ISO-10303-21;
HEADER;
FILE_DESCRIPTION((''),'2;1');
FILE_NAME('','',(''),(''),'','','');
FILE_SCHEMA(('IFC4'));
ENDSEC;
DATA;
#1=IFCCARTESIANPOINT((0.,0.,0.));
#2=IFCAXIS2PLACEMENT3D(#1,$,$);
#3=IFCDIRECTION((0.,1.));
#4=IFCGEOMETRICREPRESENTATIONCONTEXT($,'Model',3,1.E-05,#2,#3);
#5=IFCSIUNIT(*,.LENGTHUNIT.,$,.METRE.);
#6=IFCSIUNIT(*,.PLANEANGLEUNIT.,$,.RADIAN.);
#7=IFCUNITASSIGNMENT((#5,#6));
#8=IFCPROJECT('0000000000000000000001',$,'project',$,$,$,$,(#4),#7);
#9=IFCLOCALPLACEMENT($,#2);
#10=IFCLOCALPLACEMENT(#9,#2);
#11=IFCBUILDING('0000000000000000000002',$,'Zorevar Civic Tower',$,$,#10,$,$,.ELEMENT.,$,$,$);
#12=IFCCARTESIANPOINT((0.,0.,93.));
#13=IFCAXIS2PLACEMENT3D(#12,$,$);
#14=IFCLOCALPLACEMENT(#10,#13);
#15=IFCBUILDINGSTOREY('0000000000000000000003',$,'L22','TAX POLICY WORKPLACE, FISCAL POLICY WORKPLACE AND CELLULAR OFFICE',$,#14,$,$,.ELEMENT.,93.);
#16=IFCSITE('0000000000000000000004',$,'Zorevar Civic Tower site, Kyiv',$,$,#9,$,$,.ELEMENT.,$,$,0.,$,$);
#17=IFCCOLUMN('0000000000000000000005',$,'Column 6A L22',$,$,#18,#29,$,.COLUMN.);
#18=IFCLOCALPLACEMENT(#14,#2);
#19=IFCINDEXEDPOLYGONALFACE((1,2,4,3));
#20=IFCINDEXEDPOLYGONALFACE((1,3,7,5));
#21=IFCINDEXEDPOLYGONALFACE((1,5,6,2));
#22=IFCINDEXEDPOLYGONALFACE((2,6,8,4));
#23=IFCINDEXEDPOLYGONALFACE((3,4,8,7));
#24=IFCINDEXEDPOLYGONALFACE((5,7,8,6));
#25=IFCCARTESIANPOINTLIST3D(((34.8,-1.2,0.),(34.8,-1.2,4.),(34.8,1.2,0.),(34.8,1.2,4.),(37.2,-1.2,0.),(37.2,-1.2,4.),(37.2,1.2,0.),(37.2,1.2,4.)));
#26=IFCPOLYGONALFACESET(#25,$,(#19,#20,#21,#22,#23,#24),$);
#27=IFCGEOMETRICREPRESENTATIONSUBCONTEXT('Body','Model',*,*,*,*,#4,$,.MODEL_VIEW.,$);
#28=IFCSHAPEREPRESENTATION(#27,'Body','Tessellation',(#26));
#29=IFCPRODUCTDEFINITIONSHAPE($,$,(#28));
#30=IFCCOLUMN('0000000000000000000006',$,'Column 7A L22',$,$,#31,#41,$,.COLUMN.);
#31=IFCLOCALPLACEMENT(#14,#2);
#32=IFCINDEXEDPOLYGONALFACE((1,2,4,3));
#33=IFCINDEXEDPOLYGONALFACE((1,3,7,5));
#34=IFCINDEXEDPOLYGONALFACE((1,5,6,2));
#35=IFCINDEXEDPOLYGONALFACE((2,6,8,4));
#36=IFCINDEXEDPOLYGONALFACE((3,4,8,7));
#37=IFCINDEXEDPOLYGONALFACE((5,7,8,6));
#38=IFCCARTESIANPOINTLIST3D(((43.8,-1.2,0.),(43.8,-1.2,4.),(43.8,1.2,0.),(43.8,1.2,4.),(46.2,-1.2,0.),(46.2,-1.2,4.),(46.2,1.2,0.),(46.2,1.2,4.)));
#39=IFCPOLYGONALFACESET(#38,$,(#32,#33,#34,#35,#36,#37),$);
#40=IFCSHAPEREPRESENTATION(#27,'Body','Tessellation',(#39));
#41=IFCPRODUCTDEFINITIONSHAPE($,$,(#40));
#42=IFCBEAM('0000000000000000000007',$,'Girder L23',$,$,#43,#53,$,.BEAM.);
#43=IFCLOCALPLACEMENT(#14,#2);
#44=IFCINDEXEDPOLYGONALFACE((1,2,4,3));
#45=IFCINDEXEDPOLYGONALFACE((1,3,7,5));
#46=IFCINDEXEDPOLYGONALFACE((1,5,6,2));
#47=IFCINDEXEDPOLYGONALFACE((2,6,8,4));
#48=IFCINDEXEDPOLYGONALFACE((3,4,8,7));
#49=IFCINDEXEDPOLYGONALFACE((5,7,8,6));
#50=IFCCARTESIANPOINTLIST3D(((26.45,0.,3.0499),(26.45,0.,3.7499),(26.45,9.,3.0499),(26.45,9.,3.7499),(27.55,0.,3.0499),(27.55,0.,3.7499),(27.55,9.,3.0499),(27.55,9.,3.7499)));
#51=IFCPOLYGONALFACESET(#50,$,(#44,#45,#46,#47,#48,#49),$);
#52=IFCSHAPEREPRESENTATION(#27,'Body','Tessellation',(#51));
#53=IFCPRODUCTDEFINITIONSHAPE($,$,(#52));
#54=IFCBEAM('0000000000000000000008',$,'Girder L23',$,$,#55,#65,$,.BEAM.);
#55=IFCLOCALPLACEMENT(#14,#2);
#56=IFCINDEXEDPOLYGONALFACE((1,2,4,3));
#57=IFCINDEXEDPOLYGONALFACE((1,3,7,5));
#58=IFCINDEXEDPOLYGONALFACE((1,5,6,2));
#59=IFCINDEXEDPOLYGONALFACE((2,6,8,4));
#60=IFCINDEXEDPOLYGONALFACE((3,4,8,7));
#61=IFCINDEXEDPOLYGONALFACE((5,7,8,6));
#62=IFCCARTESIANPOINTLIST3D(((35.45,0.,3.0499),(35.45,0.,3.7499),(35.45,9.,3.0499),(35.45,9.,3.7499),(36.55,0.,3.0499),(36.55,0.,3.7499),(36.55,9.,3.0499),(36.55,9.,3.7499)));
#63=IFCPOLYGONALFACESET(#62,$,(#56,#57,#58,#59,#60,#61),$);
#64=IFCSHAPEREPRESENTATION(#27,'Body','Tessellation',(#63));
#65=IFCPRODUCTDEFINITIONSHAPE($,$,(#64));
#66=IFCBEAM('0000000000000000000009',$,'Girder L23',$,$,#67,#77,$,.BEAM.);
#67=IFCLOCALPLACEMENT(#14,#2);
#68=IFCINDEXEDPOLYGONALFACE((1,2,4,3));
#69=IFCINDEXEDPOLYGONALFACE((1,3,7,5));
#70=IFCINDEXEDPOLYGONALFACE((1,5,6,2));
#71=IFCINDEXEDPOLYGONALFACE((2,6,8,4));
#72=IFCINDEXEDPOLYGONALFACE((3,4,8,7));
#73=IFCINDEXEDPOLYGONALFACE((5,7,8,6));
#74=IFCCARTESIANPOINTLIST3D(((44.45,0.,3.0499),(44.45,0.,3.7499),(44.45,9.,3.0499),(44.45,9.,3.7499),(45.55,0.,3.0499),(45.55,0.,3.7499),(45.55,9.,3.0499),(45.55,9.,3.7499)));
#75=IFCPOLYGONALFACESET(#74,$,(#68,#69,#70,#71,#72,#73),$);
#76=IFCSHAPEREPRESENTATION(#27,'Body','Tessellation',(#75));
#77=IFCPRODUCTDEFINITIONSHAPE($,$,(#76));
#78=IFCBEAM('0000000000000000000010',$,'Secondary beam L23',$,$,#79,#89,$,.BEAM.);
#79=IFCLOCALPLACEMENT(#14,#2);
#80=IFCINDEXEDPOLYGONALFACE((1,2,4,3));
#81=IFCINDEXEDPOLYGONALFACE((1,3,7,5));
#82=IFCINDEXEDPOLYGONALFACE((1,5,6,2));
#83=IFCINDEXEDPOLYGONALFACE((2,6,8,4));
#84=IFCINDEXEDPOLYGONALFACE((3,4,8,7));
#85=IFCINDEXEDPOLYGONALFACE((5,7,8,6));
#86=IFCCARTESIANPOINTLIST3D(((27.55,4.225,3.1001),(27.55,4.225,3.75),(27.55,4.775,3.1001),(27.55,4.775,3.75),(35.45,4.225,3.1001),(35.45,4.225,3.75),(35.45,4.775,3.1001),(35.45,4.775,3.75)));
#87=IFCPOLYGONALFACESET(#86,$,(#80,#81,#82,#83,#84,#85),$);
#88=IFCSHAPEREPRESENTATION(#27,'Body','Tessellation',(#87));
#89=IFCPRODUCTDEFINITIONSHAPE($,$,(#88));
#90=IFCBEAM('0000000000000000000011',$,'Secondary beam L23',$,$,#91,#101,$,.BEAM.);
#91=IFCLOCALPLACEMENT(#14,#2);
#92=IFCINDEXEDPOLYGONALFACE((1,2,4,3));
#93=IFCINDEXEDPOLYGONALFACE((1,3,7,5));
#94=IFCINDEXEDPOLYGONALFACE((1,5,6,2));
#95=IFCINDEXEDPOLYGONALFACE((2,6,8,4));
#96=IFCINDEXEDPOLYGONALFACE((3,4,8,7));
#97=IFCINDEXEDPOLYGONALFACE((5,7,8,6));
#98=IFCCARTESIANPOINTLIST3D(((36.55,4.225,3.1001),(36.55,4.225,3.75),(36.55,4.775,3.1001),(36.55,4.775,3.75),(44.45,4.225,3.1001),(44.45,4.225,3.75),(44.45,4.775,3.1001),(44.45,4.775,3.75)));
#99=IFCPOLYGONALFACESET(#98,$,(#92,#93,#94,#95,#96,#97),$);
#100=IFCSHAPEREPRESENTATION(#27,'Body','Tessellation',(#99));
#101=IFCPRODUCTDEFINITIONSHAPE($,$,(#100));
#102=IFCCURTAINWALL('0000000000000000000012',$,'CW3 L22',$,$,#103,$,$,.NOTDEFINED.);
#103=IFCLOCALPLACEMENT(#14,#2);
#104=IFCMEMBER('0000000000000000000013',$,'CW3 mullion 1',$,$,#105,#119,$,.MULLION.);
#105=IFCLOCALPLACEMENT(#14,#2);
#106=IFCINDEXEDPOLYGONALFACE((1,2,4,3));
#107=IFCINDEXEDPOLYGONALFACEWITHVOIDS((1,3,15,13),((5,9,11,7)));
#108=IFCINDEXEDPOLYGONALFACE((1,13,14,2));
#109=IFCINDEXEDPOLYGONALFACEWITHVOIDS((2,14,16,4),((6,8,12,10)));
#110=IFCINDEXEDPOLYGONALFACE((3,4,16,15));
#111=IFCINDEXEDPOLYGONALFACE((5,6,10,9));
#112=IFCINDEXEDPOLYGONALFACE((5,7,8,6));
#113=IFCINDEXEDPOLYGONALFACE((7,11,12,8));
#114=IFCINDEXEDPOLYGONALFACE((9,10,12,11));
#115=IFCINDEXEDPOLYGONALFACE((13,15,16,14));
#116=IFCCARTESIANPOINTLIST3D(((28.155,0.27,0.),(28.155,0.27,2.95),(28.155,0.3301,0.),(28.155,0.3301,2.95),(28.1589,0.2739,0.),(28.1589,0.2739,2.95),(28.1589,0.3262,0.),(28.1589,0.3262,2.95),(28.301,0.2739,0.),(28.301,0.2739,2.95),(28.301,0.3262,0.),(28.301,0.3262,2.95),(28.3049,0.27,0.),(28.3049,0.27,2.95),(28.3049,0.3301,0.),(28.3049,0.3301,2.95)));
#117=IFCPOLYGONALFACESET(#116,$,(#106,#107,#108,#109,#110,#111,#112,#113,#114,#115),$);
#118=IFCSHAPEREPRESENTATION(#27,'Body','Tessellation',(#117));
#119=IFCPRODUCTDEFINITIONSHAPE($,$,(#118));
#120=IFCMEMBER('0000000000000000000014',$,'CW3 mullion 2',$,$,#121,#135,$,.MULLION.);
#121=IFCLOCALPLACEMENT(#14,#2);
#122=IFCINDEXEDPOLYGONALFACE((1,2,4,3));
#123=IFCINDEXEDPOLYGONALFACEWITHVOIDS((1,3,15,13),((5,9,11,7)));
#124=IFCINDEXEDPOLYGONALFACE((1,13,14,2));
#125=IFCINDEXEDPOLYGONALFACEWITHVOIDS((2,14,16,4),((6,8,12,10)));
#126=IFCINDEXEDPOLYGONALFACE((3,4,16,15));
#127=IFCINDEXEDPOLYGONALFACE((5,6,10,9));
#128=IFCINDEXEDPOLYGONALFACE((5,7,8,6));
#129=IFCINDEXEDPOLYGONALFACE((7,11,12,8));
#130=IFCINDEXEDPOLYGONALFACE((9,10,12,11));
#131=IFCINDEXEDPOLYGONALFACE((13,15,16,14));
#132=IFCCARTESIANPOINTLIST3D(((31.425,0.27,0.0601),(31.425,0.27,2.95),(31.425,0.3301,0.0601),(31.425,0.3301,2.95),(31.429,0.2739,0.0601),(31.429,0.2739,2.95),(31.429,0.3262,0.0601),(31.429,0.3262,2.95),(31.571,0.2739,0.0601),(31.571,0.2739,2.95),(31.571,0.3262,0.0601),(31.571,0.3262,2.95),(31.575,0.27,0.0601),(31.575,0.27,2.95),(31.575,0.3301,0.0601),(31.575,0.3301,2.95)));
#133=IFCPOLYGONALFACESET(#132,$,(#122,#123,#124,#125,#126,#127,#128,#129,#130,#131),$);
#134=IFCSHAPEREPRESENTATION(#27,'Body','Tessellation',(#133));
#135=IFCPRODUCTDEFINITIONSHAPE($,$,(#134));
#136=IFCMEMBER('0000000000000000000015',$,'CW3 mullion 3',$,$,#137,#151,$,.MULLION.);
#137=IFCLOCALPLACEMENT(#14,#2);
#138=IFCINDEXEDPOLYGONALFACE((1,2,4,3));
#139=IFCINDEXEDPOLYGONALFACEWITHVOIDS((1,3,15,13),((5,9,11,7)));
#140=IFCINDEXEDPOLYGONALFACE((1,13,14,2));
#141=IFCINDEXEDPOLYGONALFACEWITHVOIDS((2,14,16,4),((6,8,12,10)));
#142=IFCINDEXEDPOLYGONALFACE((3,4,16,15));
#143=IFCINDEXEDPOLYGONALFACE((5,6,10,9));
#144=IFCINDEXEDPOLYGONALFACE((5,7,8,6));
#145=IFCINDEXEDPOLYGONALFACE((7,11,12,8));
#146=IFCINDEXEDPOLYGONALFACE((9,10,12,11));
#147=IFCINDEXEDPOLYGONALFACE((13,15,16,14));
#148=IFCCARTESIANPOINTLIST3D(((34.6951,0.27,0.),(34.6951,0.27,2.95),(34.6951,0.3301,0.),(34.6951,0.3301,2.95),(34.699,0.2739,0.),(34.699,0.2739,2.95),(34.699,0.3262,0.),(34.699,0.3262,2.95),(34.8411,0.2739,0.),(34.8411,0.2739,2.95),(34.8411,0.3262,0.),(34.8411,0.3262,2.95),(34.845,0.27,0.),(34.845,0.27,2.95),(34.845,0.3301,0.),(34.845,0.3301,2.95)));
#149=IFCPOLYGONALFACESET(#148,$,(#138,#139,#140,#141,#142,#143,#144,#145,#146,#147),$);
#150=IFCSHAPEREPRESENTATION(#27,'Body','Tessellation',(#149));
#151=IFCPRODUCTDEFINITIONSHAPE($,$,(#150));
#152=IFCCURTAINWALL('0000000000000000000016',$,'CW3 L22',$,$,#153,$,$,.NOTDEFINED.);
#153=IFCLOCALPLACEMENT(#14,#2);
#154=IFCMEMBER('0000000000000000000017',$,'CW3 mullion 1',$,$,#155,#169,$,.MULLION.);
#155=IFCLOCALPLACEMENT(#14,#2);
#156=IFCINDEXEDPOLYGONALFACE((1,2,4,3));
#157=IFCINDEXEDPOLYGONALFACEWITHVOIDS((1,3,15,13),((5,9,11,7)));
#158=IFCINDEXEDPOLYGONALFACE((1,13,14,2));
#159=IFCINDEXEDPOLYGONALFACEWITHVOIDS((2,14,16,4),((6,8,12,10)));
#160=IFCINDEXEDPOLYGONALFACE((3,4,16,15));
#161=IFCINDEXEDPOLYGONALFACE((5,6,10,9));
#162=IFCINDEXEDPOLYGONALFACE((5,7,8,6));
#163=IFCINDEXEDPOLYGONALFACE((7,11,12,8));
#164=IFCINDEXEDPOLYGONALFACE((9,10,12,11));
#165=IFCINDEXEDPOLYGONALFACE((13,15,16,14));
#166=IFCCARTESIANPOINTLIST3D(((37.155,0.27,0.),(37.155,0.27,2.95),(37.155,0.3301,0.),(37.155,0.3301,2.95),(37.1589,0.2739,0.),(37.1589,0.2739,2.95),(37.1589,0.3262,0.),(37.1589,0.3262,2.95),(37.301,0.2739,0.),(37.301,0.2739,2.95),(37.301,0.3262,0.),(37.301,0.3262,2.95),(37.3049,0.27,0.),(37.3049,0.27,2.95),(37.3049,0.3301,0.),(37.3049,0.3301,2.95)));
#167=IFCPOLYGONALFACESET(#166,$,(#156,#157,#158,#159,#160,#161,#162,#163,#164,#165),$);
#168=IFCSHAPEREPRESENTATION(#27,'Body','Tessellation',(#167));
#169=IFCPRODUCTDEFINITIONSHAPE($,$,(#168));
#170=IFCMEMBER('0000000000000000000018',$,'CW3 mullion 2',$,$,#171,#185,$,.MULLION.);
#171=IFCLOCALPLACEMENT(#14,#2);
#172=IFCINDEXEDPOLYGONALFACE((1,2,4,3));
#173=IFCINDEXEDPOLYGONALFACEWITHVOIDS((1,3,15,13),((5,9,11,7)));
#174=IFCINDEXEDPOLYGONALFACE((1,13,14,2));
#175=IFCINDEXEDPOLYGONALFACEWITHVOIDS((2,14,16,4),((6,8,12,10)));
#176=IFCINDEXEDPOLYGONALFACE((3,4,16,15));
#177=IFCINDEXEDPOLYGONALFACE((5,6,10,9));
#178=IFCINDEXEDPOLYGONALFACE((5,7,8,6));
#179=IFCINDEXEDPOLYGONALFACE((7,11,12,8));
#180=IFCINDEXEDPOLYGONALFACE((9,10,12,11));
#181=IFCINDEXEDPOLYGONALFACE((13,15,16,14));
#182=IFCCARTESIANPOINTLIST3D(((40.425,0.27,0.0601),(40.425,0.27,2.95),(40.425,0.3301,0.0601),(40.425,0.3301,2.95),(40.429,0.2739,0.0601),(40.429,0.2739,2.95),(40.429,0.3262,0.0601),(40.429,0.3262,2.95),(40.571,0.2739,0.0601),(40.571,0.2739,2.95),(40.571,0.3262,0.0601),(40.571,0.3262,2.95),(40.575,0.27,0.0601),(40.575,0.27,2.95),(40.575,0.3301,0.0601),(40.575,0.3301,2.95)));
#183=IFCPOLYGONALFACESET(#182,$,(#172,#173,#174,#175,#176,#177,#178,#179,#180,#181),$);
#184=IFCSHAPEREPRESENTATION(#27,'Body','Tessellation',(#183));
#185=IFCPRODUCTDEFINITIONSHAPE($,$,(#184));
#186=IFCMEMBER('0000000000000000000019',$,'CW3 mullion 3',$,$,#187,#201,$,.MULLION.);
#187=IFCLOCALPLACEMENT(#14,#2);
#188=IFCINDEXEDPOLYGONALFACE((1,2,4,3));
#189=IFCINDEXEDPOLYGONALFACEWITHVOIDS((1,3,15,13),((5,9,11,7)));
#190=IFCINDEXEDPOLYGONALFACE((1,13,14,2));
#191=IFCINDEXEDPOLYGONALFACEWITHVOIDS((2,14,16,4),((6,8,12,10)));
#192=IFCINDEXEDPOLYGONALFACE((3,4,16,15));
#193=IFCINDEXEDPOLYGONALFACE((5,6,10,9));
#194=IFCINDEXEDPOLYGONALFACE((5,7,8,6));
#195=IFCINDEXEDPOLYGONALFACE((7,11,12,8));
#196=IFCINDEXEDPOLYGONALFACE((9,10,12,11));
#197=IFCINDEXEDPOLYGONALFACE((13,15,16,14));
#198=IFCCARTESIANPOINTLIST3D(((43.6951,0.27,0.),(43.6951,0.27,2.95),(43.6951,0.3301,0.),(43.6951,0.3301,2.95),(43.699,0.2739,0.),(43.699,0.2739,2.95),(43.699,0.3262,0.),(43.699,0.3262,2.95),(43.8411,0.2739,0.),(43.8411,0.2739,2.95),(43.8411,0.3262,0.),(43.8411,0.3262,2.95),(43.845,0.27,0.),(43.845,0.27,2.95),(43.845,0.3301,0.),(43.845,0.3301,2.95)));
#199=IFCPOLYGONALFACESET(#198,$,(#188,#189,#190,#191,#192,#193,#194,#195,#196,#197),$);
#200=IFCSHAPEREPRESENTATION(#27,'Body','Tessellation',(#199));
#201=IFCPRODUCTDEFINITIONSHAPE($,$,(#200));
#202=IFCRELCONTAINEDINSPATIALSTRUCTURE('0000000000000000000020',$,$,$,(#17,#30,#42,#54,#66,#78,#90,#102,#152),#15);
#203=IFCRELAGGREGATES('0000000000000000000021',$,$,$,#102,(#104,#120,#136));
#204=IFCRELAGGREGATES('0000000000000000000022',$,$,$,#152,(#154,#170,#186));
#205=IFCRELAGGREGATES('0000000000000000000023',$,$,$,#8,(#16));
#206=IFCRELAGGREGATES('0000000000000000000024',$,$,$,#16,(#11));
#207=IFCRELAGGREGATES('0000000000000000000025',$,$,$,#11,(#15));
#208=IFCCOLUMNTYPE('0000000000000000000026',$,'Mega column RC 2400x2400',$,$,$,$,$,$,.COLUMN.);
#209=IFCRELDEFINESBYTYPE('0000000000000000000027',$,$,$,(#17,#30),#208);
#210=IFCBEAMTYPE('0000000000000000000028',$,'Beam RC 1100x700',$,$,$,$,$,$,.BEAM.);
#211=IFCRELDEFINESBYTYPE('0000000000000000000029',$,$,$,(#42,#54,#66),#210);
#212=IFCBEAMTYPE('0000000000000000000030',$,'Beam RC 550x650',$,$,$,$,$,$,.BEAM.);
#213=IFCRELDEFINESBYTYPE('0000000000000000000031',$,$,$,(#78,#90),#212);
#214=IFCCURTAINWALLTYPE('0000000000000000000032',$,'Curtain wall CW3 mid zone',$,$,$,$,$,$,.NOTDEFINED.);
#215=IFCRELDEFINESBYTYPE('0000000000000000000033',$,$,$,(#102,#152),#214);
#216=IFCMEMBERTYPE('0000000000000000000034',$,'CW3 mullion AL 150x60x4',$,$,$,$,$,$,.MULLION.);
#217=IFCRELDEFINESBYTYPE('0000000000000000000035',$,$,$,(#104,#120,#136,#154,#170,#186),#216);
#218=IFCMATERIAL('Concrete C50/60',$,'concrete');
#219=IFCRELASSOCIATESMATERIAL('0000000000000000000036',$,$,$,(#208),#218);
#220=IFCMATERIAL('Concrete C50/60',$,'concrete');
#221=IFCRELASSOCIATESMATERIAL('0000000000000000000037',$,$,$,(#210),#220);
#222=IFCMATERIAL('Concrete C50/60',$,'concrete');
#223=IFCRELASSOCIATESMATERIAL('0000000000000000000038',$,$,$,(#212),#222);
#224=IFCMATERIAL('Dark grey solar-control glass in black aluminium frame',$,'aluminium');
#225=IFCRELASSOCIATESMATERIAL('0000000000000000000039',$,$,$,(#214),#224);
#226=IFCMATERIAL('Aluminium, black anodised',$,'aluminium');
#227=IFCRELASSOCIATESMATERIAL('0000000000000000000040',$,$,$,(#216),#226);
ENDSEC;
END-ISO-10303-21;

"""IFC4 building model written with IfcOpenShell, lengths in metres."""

from ifc_helpers import new_model, si_unit, direction, frame, origin, origin_2d, place, context, subcontext, project, spatial, rectangle, hollow_rectangle, extrude, material, material_profile, profile_set, type_object, element, aggregate, save


model = new_model("IFC4")

# Units and contexts
model_context = context("Model", 3, precision=1e-05, world=origin(), true_north=direction((0.0, 1.0)))
body_context = subcontext(model_context, "Body", "Model", "MODEL_VIEW")
ifc_project = project(units=[si_unit("LENGTHUNIT", "METRE"), si_unit("PLANEANGLEUNIT", "RADIAN")], contexts=[model_context])

# Site, building, storey
site_placement = place(None, origin())
site = spatial("IfcSite", under=ifc_project, at=site_placement, Name="Zorevar Civic Tower site, Kyiv", CompositionType="ELEMENT", RefElevation=0.0)
building_placement = place(site_placement, origin())
building = spatial("IfcBuilding", under=site, at=building_placement, Name="Zorevar Civic Tower", CompositionType="ELEMENT")
storey_placement = place(building_placement, frame((0.0, 0.0, 93.0)))
storey = spatial("IfcBuildingStorey", under=building, at=storey_placement, Name="L22", Description="TAX POLICY WORKPLACE, FISCAL POLICY WORKPLACE AND CELLULAR OFFICE", CompositionType="ELEMENT", Elevation=93.0)

# Columns
ifc_material_1 = material(Name="Concrete C50/60", Category="concrete")
ifc_material_profile_1 = material_profile(ifc_material_1, rectangle(XDim=2.3999, YDim=2.3999, at=origin_2d()), Name="RC 2400x2400")
ifc_profile_set_1 = profile_set([ifc_material_profile_1], Name="Concrete C50/60")
column_type = type_object("IfcColumnType", Name="Mega column RC 2400x2400", PredefinedType="COLUMN", material=ifc_profile_set_1)
for number, where, z_axis, x_axis, name in (
    (1, (36.0, 0.0, 0.0), (0.0, 0.0, 1.0), (1.0, 0.0, 0.0), "Column 6A L22"),
    (2, (45.0, 0.0, 0.0), (0.0, 0.0, 1.0), (1.0, 0.0, 0.0), "Column 7A L22"),
):
    element("IfcColumn", number, at=place(storey_placement, frame(where, z_axis=z_axis, x_axis=x_axis)), inside=storey, type_object=column_type, Name=name, PredefinedType="COLUMN", context=body_context, shape_type="SweptSolid", body=[
        extrude(rectangle(XDim=2.3999, YDim=2.3999, at=origin_2d()), origin(), (0.0, 0.0, 1.0), 4.0),
    ])

# Beams
ifc_material_2 = material(Name="Concrete C50/60", Category="concrete")
ifc_material_profile_2 = material_profile(ifc_material_2, rectangle(XDim=1.1001, YDim=0.7, at=origin_2d()), Name="RC 1100x700")
ifc_profile_set_2 = profile_set([ifc_material_profile_2], Name="Concrete C50/60")
beam_type_1 = type_object("IfcBeamType", Name="Beam RC 1100x700", PredefinedType="BEAM", material=ifc_profile_set_2)
for number, where, z_axis, x_axis, name in (
    (3, (27.0, 0.0, 3.3999), (0.0, 1.0, 0.0), (-1.0, 0.0, 0.0), "Girder L23"),
    (4, (36.0, 0.0, 3.3999), (0.0, 1.0, 0.0), (-1.0, 0.0, 0.0), "Girder L23"),
    (5, (45.0, 0.0, 3.3999), (0.0, 1.0, 0.0), (-1.0, 0.0, 0.0), "Girder L23"),
):
    element("IfcBeam", number, at=place(storey_placement, frame(where, z_axis=z_axis, x_axis=x_axis)), inside=storey, type_object=beam_type_1, Name=name, PredefinedType="BEAM", context=body_context, shape_type="SweptSolid", body=[
        extrude(rectangle(XDim=1.1001, YDim=0.7, at=origin_2d()), origin(), (0.0, 0.0, 1.0), 9.0),
    ])
ifc_material_3 = material(Name="Concrete C50/60", Category="concrete")
ifc_material_profile_3 = material_profile(ifc_material_3, rectangle(XDim=0.55, YDim=0.6499, at=origin_2d()), Name="RC 550x650")
ifc_profile_set_3 = profile_set([ifc_material_profile_3], Name="Concrete C50/60")
beam_type_2 = type_object("IfcBeamType", Name="Beam RC 550x650", PredefinedType="BEAM", material=ifc_profile_set_3)
for number, where, z_axis, x_axis, name in (
    (6, (27.55, 4.5, 3.425), (1.0, 0.0, 0.0), (0.0, 1.0, 0.0), "Secondary beam L23"),
    (7, (36.55, 4.5, 3.425), (1.0, 0.0, 0.0), (0.0, 1.0, 0.0), "Secondary beam L23"),
):
    element("IfcBeam", number, at=place(storey_placement, frame(where, z_axis=z_axis, x_axis=x_axis)), inside=storey, type_object=beam_type_2, Name=name, PredefinedType="BEAM", context=body_context, shape_type="SweptSolid", body=[
        extrude(rectangle(XDim=0.55, YDim=0.6499, at=origin_2d()), origin(), (0.0, 0.0, 1.0), 7.8999),
    ])

# Curtain walls, members
ifc_material_4 = material(Name="Dark grey solar-control glass in black aluminium frame", Category="aluminium")
curtain_wall_type = type_object("IfcCurtainWallType", Name="Curtain wall CW3 mid zone", PredefinedType="NOTDEFINED", material=ifc_material_4)
curtain_wall_1_placement = place(storey_placement, origin())
curtain_wall_1 = element("IfcCurtainWall", 8, at=curtain_wall_1_placement, inside=storey, type_object=curtain_wall_type, Name="CW3 L22", PredefinedType="NOTDEFINED")
ifc_material_5 = material(Name="Aluminium, black anodised", Category="aluminium")
ifc_material_profile_4 = material_profile(ifc_material_5, hollow_rectangle(XDim=0.0601, YDim=0.1499, WallThickness=0.0039, at=origin_2d()), Name="AL 150x60x4")
ifc_profile_set_4 = profile_set([ifc_material_profile_4], Name="Aluminium, black anodised")
member_type_1 = type_object("IfcMemberType", Name="CW3 mullion AL 150x60x4", PredefinedType="MULLION", material=ifc_profile_set_4)
member_1_placement = place(storey_placement, frame((28.23, 0.3, 0.0), z_axis=(0.0, 0.0, 1.0), x_axis=(0.0, 1.0, 0.0)))
member_1 = element("IfcMember", 9, at=member_1_placement, type_object=member_type_1, Name="CW3 mullion 1", PredefinedType="MULLION", context=body_context, shape_type="SweptSolid", body=[
    extrude(hollow_rectangle(XDim=0.0601, YDim=0.1499, WallThickness=0.0039, at=origin_2d()), origin(), (0.0, 0.0, 1.0), 2.95),
])
member_2_placement = place(storey_placement, frame((31.5, 0.3, 0.0601), z_axis=(0.0, 0.0, 1.0), x_axis=(0.0, 1.0, 0.0)))
member_2 = element("IfcMember", 10, at=member_2_placement, type_object=member_type_1, Name="CW3 mullion 2", PredefinedType="MULLION", context=body_context, shape_type="SweptSolid", body=[
    extrude(hollow_rectangle(XDim=0.0601, YDim=0.1499, WallThickness=0.0039, at=origin_2d()), origin(), (0.0, 0.0, 1.0), 2.8899),
])
member_3_placement = place(storey_placement, frame((34.77, 0.3, 0.0), z_axis=(0.0, 0.0, 1.0), x_axis=(0.0, 1.0, 0.0)))
member_3 = element("IfcMember", 11, at=member_3_placement, type_object=member_type_1, Name="CW3 mullion 3", PredefinedType="MULLION", context=body_context, shape_type="SweptSolid", body=[
    extrude(hollow_rectangle(XDim=0.0601, YDim=0.1499, WallThickness=0.0039, at=origin_2d()), origin(), (0.0, 0.0, 1.0), 2.95),
])
curtain_wall_2_placement = place(storey_placement, origin())
curtain_wall_2 = element("IfcCurtainWall", 12, at=curtain_wall_2_placement, inside=storey, type_object=curtain_wall_type, Name="CW3 L22", PredefinedType="NOTDEFINED")
member_4_placement = place(storey_placement, frame((37.23, 0.3, 0.0), z_axis=(0.0, 0.0, 1.0), x_axis=(0.0, 1.0, 0.0)))
member_4 = element("IfcMember", 13, at=member_4_placement, type_object=member_type_1, Name="CW3 mullion 1", PredefinedType="MULLION", context=body_context, shape_type="SweptSolid", body=[
    extrude(hollow_rectangle(XDim=0.0601, YDim=0.1499, WallThickness=0.0039, at=origin_2d()), origin(), (0.0, 0.0, 1.0), 2.95),
])
member_5_placement = place(storey_placement, frame((40.5, 0.3, 0.0601), z_axis=(0.0, 0.0, 1.0), x_axis=(0.0, 1.0, 0.0)))
member_5 = element("IfcMember", 14, at=member_5_placement, type_object=member_type_1, Name="CW3 mullion 2", PredefinedType="MULLION", context=body_context, shape_type="SweptSolid", body=[
    extrude(hollow_rectangle(XDim=0.0601, YDim=0.1499, WallThickness=0.0039, at=origin_2d()), origin(), (0.0, 0.0, 1.0), 2.8899),
])
member_6_placement = place(storey_placement, frame((43.77, 0.3, 0.0), z_axis=(0.0, 0.0, 1.0), x_axis=(0.0, 1.0, 0.0)))
member_6 = element("IfcMember", 15, at=member_6_placement, type_object=member_type_1, Name="CW3 mullion 3", PredefinedType="MULLION", context=body_context, shape_type="SweptSolid", body=[
    extrude(hollow_rectangle(XDim=0.0601, YDim=0.1499, WallThickness=0.0039, at=origin_2d()), origin(), (0.0, 0.0, 1.0), 2.95),
])

aggregate(curtain_wall_1, [member_1, member_2, member_3])
aggregate(curtain_wall_2, [member_4, member_5, member_6])

save(model, "model.ifc")
